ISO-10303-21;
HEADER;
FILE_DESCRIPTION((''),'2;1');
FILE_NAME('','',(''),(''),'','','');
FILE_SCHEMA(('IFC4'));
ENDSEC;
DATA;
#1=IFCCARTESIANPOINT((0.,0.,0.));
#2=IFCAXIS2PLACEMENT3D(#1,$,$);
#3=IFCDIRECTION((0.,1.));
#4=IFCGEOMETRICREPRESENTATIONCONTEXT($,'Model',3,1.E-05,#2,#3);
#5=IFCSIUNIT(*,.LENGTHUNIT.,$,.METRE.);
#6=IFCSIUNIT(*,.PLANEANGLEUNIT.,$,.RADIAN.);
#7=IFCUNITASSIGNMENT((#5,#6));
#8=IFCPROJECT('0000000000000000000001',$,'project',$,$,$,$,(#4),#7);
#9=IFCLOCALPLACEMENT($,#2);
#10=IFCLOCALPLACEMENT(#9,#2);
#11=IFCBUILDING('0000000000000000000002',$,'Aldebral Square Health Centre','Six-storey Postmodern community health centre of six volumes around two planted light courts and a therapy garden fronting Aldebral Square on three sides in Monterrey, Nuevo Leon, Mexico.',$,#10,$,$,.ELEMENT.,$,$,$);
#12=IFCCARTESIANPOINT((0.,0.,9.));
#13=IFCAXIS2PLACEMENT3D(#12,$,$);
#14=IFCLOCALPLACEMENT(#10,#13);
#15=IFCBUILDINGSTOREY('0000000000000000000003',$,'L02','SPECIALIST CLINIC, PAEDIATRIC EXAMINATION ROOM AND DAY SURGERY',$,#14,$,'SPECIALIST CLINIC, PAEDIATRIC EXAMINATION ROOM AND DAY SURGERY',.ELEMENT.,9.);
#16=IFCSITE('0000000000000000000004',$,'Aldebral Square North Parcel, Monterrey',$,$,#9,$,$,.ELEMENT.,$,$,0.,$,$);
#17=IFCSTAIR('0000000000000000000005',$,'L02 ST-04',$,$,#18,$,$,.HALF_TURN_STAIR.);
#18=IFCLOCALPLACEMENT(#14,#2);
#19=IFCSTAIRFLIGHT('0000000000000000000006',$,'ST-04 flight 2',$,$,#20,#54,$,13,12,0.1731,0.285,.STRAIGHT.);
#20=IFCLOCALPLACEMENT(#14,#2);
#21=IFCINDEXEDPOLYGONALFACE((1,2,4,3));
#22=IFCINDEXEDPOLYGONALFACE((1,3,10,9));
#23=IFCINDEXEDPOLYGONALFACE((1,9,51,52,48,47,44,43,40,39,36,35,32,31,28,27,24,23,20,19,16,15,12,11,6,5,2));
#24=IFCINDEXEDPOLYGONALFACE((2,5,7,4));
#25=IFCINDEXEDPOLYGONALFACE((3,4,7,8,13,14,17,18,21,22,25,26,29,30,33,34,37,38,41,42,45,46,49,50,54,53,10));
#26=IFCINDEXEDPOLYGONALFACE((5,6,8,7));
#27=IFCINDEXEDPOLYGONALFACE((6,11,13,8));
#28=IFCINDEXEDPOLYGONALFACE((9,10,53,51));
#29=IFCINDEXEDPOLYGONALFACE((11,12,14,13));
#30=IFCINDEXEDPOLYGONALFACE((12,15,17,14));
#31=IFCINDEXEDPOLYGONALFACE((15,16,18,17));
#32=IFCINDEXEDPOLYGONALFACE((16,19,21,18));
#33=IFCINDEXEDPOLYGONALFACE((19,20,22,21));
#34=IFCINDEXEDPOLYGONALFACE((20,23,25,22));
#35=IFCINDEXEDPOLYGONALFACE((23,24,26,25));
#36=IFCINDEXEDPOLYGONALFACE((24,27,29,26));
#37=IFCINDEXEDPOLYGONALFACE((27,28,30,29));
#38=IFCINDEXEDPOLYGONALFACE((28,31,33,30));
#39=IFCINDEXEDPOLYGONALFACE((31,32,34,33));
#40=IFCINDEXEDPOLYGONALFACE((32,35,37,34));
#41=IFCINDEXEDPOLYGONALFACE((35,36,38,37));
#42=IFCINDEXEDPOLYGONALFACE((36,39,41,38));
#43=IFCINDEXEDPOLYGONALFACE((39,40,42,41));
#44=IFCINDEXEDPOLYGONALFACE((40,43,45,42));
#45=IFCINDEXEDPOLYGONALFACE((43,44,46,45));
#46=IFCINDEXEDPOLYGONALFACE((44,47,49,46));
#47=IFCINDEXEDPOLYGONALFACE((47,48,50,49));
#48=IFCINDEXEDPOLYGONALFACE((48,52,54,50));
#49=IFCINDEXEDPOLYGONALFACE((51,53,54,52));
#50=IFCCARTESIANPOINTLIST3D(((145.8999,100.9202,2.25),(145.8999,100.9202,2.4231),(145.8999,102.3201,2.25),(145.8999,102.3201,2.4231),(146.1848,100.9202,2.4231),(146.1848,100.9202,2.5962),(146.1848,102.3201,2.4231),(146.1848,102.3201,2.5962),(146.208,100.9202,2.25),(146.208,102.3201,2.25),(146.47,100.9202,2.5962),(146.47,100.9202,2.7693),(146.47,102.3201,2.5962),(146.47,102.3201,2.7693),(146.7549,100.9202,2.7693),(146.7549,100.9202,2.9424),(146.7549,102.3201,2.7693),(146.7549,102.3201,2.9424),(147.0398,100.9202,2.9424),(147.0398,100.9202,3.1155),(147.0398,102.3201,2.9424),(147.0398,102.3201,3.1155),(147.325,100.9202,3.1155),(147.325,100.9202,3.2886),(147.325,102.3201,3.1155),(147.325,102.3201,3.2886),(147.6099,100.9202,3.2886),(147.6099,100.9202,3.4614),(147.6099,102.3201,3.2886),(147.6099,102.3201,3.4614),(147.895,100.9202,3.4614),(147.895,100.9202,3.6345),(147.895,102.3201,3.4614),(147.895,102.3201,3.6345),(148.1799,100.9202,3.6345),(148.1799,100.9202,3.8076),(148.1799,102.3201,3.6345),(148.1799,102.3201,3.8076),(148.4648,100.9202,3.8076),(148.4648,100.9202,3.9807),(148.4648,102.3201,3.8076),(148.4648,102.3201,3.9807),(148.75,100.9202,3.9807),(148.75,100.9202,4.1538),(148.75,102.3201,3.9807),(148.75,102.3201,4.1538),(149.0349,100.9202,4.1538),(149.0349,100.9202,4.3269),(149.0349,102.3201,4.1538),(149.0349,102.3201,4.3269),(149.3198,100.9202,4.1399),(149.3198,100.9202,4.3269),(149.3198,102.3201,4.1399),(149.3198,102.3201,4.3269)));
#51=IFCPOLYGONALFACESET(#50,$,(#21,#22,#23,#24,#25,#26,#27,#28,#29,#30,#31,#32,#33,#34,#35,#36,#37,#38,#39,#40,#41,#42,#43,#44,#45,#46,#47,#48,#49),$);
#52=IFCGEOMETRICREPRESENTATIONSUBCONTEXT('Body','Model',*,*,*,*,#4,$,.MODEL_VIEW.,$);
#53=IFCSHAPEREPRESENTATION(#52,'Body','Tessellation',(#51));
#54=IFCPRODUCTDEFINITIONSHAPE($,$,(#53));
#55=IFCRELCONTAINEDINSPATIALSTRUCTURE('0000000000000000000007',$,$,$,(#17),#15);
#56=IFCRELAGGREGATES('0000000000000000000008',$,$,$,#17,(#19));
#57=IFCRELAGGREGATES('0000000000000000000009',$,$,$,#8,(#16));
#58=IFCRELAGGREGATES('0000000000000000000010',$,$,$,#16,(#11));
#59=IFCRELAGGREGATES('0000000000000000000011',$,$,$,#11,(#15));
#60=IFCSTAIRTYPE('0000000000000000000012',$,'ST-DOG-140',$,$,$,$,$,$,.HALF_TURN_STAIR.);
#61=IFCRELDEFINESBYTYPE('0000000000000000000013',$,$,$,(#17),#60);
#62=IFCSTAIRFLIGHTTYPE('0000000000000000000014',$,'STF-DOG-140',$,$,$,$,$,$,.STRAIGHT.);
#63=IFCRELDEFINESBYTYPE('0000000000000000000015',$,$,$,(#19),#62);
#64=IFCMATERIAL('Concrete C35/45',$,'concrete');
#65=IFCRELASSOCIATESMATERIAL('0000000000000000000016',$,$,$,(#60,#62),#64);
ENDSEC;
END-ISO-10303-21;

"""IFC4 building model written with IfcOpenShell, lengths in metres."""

from ifc_helpers import new_model, si_unit, direction, frame, origin, place, context, subcontext, project, spatial, polyline, outline, extrude, material, type_object, element, aggregate, save


model = new_model("IFC4")

# Units and contexts
model_context = context("Model", 3, precision=1e-05, world=origin(), true_north=direction((0.0, 1.0)))
body_context = subcontext(model_context, "Body", "Model", "MODEL_VIEW")
ifc_project = project(units=[si_unit("LENGTHUNIT", "METRE"), si_unit("PLANEANGLEUNIT", "RADIAN")], contexts=[model_context])

# Site, building, storey
site_placement = place(None, origin())
site = spatial("IfcSite", under=ifc_project, at=site_placement, Name="Aldebral Square North Parcel, Monterrey", CompositionType="ELEMENT", RefElevation=0.0)
building_placement = place(site_placement, origin())
building = spatial("IfcBuilding", under=site, at=building_placement, Name="Aldebral Square Health Centre", Description="Six-storey Postmodern community health centre of six volumes around two planted light courts and a therapy garden fronting Aldebral Square on three sides in Monterrey, Nuevo Leon, Mexico.", CompositionType="ELEMENT")
storey_placement = place(building_placement, frame((0.0, 0.0, 9.0)))
storey = spatial("IfcBuildingStorey", under=building, at=storey_placement, Name="L02", Description="SPECIALIST CLINIC, PAEDIATRIC EXAMINATION ROOM AND DAY SURGERY", LongName="SPECIALIST CLINIC, PAEDIATRIC EXAMINATION ROOM AND DAY SURGERY", CompositionType="ELEMENT", Elevation=9.0)

# Stair, stair flight
ifc_material_1 = material(Name="Concrete C35/45", Category="concrete")
stair_type = type_object("IfcStairType", Name="ST-DOG-140", PredefinedType="HALF_TURN_STAIR", material=ifc_material_1)
stair_placement = place(storey_placement, origin())
stair = element("IfcStair", 1, at=stair_placement, inside=storey, type_object=stair_type, Name="L02 ST-04", PredefinedType="HALF_TURN_STAIR")
stair_flight_type = type_object("IfcStairFlightType", Name="STF-DOG-140", PredefinedType="STRAIGHT", material=ifc_material_1)
stair_flight_1_placement = place(storey_placement, frame((145.8999, 101.6201, 2.25), z_axis=(0.0, 0.0, 1.0), x_axis=(1.0, 0.0, 0.0)))
stair_flight_1 = element("IfcStairFlight", 2, at=stair_flight_1_placement, type_object=stair_flight_type, Name="ST-04 flight 2", NumberOfRisers=13, NumberOfTreads=12, PredefinedType="STRAIGHT", RiserHeight=0.1731, TreadLength=0.285, context=body_context, shape_type="SweptSolid", body=[
    extrude(outline(polyline([(0.0, 0.0), (0.0, 0.1731), (0.2849, 0.1731), (0.2849, 0.3462), (0.5701, 0.3462), (0.5701, 0.5193), (0.855, 0.5193), (0.855, 0.6924), (1.1399, 0.6924), (1.1399, 0.8655), (1.425, 0.8655), (1.425, 1.0386), (1.71, 1.0386), (1.71, 1.2114), (1.9951, 1.2114), (1.9951, 1.3845), (2.28, 1.3845), (2.28, 1.5576), (2.5649, 1.5576), (2.5649, 1.7307), (2.8501, 1.7307), (2.8501, 1.9038), (3.135, 1.9038), (3.135, 2.0769), (3.4199, 2.0769), (3.4199, 2.25), (3.4199, 1.8899), (0.3081, 0.0), (0.0, 0.0)])), frame((0.0, 0.7, 0.0), z_axis=(0.0, -1.0, 0.0), x_axis=(1.0, 0.0, 0.0)), (0.0, 0.0, 1.0), 1.3999),
])
aggregate(stair, [stair_flight_1])

save(model, "model.ifc")
